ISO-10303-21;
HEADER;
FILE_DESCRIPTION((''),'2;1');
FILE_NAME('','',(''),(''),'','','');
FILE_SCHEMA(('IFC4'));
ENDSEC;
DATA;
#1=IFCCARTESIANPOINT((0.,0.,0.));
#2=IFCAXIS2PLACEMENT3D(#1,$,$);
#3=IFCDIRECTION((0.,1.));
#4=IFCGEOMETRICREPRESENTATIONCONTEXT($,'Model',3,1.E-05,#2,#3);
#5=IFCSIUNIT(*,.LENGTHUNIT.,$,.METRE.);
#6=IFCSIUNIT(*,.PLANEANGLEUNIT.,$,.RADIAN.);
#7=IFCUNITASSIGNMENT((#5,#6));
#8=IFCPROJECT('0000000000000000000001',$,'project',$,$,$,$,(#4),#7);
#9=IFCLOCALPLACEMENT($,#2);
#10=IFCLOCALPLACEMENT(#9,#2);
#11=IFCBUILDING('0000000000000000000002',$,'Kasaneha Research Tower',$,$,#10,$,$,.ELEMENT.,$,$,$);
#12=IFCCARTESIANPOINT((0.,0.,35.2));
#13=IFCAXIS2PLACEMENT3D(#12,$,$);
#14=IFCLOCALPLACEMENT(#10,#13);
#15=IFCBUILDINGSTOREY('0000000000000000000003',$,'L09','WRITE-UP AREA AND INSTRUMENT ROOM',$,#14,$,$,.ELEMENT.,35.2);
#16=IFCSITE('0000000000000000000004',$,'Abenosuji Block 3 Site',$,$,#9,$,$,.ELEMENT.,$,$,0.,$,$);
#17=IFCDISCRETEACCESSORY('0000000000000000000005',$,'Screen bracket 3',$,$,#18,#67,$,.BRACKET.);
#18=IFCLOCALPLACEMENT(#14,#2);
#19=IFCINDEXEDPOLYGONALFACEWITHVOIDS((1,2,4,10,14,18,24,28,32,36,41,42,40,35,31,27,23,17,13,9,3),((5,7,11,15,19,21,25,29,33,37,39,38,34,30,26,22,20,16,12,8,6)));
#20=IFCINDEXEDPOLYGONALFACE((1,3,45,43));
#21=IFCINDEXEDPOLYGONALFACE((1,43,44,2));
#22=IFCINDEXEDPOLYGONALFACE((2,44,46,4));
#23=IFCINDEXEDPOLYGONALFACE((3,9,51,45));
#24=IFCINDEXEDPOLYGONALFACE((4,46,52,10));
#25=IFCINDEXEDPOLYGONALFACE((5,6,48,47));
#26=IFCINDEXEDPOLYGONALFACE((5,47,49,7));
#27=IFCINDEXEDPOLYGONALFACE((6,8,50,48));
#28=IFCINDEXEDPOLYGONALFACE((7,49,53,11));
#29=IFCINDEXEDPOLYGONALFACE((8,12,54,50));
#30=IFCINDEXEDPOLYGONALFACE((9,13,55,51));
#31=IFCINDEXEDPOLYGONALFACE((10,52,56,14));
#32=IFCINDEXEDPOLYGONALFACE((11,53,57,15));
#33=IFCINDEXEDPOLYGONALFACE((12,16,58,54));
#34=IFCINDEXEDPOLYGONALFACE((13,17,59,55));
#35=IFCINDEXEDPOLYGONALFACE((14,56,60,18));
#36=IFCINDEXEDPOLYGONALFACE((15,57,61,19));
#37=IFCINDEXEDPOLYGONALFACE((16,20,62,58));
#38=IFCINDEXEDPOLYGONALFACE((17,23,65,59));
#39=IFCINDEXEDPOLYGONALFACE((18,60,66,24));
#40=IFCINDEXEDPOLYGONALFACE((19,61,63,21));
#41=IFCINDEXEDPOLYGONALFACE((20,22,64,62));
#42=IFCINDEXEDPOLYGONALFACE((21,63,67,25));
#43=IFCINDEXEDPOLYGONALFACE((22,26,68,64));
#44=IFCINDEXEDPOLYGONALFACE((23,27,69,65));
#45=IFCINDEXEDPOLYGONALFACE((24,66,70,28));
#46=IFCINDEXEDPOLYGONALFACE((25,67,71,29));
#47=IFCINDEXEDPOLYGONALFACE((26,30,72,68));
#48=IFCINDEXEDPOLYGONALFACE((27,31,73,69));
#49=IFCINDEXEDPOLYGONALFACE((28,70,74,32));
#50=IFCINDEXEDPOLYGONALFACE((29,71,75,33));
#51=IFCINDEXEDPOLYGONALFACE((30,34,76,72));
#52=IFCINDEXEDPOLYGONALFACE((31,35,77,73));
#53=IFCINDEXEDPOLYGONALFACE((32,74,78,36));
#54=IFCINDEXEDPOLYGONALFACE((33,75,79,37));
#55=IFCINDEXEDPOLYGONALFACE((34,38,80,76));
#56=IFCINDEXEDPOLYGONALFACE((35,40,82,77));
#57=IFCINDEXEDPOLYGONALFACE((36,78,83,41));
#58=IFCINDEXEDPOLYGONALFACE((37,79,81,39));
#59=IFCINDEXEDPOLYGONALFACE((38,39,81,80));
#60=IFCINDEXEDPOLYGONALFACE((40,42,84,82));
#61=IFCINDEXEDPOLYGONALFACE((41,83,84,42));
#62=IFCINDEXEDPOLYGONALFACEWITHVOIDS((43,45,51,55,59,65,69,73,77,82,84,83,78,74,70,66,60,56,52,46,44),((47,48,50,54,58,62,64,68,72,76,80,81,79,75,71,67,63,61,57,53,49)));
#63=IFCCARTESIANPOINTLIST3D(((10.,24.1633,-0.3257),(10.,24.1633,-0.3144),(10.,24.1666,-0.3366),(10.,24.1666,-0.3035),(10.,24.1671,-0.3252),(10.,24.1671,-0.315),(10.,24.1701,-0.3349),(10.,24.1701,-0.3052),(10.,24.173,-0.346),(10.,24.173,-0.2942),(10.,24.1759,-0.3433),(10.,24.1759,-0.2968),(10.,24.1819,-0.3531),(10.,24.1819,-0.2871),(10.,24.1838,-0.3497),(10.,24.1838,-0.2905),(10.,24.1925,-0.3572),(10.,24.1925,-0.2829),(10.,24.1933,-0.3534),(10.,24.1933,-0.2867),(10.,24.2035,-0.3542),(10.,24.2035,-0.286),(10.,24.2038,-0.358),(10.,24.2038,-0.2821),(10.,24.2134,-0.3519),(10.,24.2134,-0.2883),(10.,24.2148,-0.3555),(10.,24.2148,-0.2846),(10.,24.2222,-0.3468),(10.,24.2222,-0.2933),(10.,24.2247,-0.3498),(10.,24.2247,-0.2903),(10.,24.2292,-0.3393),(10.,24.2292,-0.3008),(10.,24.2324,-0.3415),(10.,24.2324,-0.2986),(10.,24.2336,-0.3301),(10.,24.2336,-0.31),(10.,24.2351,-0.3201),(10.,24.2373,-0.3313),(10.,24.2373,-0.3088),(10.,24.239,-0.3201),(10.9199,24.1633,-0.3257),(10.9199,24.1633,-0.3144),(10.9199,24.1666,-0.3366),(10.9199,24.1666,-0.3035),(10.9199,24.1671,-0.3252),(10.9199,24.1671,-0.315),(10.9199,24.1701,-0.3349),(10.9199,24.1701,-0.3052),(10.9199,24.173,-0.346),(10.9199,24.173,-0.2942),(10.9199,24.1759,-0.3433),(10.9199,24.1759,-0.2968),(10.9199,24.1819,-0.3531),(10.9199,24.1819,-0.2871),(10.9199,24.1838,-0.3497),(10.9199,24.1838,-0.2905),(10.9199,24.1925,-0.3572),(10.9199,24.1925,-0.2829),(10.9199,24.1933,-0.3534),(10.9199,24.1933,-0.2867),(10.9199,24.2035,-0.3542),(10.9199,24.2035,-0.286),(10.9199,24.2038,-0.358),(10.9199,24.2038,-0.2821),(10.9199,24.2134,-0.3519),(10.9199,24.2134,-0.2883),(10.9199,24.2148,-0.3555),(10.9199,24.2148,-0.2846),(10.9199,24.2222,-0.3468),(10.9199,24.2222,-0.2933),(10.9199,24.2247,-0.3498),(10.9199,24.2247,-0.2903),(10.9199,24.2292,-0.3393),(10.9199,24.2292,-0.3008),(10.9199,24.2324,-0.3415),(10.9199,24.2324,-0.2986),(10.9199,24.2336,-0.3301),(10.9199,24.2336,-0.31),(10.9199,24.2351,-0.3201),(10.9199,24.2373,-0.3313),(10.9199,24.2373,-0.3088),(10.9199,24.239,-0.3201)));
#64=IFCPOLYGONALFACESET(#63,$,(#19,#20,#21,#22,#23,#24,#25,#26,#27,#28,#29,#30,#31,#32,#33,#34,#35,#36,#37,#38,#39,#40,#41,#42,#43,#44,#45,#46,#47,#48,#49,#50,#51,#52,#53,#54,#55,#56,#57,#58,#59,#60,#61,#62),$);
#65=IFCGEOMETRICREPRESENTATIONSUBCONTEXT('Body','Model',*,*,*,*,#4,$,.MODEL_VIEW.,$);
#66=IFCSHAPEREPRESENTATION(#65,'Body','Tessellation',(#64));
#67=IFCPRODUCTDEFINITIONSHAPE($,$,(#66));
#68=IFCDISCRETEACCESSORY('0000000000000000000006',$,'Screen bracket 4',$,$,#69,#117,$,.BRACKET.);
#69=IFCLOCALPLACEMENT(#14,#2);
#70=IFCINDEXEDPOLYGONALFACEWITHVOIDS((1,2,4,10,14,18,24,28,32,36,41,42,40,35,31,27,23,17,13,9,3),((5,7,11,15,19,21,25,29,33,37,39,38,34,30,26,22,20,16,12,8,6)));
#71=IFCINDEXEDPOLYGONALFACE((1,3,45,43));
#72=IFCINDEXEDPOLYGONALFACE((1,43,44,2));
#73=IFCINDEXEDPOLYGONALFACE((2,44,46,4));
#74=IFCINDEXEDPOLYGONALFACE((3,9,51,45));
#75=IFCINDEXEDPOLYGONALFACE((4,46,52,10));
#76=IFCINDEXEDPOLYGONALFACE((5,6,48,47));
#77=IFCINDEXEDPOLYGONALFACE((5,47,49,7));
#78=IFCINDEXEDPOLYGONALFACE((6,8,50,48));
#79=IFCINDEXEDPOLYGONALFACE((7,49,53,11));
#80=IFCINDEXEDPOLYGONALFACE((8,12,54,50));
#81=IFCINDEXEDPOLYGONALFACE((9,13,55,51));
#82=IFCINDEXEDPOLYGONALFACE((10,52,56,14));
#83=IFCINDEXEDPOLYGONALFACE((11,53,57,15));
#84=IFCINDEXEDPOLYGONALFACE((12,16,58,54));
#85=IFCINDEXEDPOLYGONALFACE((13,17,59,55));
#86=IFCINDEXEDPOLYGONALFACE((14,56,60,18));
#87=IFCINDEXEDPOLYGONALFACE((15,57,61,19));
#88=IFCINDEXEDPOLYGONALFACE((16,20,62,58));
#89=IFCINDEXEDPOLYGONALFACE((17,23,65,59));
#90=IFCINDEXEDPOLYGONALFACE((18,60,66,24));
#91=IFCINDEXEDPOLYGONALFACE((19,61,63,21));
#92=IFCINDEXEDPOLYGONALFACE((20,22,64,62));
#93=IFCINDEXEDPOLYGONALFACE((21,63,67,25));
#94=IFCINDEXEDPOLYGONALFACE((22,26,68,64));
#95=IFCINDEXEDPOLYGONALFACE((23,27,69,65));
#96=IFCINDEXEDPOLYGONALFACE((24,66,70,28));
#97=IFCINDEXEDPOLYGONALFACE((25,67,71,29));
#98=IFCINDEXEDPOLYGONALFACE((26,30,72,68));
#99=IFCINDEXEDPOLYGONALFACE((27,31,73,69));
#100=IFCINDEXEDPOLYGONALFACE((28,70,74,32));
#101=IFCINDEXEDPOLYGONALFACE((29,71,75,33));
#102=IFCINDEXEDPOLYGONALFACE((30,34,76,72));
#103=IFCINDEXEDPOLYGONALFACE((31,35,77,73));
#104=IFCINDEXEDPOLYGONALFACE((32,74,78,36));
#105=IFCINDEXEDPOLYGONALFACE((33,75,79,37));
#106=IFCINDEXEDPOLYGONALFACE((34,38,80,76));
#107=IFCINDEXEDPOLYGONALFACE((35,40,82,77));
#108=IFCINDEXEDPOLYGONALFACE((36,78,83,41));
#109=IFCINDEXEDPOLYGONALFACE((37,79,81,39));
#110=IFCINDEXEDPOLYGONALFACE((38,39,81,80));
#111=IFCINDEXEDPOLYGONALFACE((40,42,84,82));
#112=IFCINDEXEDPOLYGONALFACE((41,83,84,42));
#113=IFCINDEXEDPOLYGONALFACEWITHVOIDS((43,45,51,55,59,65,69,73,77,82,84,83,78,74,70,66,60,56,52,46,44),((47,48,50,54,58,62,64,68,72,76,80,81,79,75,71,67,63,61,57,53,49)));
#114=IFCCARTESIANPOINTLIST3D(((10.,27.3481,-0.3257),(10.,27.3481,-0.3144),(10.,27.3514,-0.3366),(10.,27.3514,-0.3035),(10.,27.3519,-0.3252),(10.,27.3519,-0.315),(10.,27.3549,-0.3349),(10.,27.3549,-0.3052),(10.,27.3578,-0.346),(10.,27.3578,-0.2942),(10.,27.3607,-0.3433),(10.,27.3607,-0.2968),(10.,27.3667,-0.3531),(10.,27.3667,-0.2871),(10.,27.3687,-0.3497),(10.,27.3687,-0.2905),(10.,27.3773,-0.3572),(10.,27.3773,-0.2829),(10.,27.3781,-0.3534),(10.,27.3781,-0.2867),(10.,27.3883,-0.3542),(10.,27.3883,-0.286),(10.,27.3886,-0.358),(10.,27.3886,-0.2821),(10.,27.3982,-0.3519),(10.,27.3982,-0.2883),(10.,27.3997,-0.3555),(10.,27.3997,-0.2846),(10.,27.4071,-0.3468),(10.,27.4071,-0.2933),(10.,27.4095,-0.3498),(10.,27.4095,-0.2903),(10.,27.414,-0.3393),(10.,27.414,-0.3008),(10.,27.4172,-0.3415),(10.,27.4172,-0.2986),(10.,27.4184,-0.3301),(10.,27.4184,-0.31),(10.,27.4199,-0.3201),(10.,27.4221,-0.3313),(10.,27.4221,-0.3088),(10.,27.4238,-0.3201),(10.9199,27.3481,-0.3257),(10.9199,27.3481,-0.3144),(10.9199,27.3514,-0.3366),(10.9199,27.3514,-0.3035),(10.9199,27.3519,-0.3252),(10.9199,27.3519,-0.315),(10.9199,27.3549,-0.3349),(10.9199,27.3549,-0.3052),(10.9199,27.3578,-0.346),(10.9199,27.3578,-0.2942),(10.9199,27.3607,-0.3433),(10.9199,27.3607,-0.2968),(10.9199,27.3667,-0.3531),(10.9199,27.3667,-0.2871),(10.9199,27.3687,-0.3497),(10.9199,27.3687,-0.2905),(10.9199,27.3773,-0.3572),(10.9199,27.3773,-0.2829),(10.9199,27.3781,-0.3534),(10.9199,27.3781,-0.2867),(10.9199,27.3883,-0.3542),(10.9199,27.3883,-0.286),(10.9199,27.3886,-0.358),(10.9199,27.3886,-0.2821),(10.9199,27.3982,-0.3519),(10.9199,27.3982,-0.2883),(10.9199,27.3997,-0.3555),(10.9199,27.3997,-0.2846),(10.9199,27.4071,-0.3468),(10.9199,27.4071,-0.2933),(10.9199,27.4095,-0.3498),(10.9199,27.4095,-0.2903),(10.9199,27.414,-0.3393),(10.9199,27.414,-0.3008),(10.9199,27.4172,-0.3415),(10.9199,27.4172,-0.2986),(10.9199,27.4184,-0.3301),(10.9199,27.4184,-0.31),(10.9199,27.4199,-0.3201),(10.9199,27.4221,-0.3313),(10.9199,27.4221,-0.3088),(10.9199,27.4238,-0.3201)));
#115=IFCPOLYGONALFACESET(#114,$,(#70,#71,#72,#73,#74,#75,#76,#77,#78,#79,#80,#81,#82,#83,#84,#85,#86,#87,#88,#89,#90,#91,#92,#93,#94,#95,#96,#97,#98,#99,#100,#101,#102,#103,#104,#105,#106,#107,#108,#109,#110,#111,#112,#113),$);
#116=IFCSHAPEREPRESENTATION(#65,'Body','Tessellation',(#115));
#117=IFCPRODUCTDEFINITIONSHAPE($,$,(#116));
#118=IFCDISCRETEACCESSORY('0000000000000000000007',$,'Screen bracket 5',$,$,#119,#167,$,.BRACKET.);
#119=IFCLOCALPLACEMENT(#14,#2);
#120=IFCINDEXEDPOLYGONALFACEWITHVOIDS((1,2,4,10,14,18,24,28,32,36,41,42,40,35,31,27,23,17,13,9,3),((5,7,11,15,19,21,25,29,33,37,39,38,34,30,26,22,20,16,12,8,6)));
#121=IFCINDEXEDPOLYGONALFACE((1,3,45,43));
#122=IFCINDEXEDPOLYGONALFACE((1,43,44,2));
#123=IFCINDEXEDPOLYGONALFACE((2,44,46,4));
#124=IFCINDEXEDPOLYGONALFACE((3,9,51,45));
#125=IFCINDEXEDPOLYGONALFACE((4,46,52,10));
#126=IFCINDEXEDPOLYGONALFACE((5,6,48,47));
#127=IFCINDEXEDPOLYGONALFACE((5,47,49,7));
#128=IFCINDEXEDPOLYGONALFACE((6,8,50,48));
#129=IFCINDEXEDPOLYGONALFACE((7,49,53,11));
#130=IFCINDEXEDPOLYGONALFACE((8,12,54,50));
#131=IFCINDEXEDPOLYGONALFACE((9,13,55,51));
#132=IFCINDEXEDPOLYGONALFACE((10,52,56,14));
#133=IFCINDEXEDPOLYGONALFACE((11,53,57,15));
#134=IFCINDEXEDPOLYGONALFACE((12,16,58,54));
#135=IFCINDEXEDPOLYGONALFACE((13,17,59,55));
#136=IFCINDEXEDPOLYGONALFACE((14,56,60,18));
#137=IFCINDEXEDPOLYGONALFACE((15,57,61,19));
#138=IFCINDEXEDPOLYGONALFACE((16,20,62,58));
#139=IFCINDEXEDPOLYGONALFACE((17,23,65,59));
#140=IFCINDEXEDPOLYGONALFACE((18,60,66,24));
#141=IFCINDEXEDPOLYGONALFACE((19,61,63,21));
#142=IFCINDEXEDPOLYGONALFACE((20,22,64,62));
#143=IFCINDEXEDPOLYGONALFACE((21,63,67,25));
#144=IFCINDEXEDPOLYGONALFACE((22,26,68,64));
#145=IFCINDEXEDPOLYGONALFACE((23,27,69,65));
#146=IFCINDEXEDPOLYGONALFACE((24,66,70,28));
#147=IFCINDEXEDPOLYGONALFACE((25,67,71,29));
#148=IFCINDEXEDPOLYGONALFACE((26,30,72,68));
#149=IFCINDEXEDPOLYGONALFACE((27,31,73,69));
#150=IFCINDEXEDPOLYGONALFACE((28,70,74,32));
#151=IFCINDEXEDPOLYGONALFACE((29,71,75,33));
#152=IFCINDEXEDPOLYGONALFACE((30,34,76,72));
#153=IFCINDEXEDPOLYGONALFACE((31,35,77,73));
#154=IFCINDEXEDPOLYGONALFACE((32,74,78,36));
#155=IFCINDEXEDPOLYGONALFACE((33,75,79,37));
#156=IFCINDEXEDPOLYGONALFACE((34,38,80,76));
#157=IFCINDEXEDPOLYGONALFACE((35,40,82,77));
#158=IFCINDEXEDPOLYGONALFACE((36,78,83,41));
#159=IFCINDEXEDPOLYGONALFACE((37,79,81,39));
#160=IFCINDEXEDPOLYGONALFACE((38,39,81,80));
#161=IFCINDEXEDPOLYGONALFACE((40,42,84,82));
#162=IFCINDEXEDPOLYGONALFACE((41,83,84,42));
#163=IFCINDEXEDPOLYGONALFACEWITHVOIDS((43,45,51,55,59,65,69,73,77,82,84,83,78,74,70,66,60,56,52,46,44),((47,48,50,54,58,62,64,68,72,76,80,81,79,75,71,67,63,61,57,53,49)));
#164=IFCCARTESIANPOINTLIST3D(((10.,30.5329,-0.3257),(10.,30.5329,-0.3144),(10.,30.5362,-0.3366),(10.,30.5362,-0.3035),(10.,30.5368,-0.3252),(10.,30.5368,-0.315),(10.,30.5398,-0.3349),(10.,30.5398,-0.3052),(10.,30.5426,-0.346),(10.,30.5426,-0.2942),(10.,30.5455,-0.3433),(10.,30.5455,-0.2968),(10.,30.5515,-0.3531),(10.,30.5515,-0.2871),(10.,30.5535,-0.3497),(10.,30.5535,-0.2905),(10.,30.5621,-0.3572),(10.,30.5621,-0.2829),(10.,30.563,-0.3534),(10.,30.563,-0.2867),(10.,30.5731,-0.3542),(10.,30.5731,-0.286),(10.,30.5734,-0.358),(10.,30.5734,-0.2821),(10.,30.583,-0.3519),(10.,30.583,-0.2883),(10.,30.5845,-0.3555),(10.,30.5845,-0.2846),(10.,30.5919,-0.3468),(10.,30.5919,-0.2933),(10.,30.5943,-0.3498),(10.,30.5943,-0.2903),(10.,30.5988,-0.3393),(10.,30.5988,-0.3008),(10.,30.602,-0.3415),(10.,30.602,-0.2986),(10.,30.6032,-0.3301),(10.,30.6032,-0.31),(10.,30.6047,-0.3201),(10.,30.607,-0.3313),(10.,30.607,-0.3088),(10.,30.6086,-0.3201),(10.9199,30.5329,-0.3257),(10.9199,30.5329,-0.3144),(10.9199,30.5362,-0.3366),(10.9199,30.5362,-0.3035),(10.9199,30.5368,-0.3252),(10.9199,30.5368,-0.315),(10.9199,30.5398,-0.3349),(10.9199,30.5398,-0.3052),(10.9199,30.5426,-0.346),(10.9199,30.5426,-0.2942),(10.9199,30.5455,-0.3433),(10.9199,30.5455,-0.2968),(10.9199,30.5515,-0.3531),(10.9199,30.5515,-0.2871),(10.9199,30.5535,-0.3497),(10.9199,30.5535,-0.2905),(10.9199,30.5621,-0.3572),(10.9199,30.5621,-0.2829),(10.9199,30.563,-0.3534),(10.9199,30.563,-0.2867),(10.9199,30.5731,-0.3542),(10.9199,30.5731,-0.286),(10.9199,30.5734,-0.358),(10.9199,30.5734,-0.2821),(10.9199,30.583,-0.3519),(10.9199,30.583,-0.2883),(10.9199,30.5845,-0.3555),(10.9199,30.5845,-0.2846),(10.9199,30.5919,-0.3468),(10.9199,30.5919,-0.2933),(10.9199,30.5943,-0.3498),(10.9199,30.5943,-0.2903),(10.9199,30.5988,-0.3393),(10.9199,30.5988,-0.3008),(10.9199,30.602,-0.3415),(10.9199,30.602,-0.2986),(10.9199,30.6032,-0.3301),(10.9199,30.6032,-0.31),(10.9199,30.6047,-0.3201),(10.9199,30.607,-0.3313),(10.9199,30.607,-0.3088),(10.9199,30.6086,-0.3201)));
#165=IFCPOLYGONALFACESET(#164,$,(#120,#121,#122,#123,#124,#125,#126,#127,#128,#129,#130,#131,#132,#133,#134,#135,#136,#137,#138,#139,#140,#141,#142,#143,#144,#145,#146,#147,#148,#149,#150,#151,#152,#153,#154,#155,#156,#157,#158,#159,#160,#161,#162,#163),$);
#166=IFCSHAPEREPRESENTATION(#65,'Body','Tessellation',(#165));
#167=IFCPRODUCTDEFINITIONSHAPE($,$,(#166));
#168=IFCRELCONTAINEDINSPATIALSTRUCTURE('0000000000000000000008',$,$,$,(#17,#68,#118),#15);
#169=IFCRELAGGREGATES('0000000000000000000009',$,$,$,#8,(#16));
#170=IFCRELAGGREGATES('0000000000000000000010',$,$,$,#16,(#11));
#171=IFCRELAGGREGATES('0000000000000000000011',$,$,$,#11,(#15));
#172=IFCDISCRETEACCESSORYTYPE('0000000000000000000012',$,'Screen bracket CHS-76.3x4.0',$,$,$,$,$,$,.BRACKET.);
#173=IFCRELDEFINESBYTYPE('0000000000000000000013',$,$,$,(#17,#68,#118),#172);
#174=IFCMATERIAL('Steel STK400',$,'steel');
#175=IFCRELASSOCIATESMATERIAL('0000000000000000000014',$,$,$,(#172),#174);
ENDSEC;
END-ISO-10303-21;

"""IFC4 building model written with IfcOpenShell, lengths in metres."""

from ifc_helpers import new_model, si_unit, direction, frame, origin, origin_2d, place, context, subcontext, project, spatial, hollow_circle, extrude, material, material_profile, profile_set, type_object, element, save


model = new_model("IFC4")

# Units and contexts
model_context = context("Model", 3, precision=1e-05, world=origin(), true_north=direction((0.0, 1.0)))
body_context = subcontext(model_context, "Body", "Model", "MODEL_VIEW")
ifc_project = project(units=[si_unit("LENGTHUNIT", "METRE"), si_unit("PLANEANGLEUNIT", "RADIAN")], contexts=[model_context])

# Site, building, storey
site_placement = place(None, origin())
site = spatial("IfcSite", under=ifc_project, at=site_placement, Name="Abenosuji Block 3 Site", CompositionType="ELEMENT", RefElevation=0.0)
building_placement = place(site_placement, origin())
building = spatial("IfcBuilding", under=site, at=building_placement, Name="Kasaneha Research Tower", CompositionType="ELEMENT")
storey_placement = place(building_placement, frame((0.0, 0.0, 35.2)))
storey = spatial("IfcBuildingStorey", under=building, at=storey_placement, Name="L09", Description="WRITE-UP AREA AND INSTRUMENT ROOM", CompositionType="ELEMENT", Elevation=35.2)

# Discrete accessories
ifc_material_1 = material(Name="Steel STK400", Category="steel")
ifc_material_profile_1 = material_profile(ifc_material_1, hollow_circle(Radius=0.0381, WallThickness=0.0039, at=origin_2d()), Name="CHS-76.3x4.0")
ifc_profile_set_1 = profile_set([ifc_material_profile_1], Name="Steel STK400")
discrete_accessory_type = type_object("IfcDiscreteAccessoryType", Name="Screen bracket CHS-76.3x4.0", PredefinedType="BRACKET", material=ifc_profile_set_1)
for number, where, z_axis, x_axis, name in (
    (1, (10.0, 24.2009, -0.3201), (1.0, 0.0, 0.0), (0.0, 1.0, 0.0), "Screen bracket 3"),
    (2, (10.0, 27.3857, -0.3201), (1.0, 0.0, 0.0), (0.0, 1.0, 0.0), "Screen bracket 4"),
    (3, (10.0, 30.5706, -0.3201), (1.0, 0.0, 0.0), (0.0, 1.0, 0.0), "Screen bracket 5"),
):
    element("IfcDiscreteAccessory", number, at=place(storey_placement, frame(where, z_axis=z_axis, x_axis=x_axis)), inside=storey, type_object=discrete_accessory_type, Name=name, PredefinedType="BRACKET", context=body_context, shape_type="SweptSolid", body=[
        extrude(hollow_circle(Radius=0.0381, WallThickness=0.0039, at=origin_2d()), origin(), (0.0, 0.0, 1.0), 0.9199),
    ])

save(model, "model.ifc")
